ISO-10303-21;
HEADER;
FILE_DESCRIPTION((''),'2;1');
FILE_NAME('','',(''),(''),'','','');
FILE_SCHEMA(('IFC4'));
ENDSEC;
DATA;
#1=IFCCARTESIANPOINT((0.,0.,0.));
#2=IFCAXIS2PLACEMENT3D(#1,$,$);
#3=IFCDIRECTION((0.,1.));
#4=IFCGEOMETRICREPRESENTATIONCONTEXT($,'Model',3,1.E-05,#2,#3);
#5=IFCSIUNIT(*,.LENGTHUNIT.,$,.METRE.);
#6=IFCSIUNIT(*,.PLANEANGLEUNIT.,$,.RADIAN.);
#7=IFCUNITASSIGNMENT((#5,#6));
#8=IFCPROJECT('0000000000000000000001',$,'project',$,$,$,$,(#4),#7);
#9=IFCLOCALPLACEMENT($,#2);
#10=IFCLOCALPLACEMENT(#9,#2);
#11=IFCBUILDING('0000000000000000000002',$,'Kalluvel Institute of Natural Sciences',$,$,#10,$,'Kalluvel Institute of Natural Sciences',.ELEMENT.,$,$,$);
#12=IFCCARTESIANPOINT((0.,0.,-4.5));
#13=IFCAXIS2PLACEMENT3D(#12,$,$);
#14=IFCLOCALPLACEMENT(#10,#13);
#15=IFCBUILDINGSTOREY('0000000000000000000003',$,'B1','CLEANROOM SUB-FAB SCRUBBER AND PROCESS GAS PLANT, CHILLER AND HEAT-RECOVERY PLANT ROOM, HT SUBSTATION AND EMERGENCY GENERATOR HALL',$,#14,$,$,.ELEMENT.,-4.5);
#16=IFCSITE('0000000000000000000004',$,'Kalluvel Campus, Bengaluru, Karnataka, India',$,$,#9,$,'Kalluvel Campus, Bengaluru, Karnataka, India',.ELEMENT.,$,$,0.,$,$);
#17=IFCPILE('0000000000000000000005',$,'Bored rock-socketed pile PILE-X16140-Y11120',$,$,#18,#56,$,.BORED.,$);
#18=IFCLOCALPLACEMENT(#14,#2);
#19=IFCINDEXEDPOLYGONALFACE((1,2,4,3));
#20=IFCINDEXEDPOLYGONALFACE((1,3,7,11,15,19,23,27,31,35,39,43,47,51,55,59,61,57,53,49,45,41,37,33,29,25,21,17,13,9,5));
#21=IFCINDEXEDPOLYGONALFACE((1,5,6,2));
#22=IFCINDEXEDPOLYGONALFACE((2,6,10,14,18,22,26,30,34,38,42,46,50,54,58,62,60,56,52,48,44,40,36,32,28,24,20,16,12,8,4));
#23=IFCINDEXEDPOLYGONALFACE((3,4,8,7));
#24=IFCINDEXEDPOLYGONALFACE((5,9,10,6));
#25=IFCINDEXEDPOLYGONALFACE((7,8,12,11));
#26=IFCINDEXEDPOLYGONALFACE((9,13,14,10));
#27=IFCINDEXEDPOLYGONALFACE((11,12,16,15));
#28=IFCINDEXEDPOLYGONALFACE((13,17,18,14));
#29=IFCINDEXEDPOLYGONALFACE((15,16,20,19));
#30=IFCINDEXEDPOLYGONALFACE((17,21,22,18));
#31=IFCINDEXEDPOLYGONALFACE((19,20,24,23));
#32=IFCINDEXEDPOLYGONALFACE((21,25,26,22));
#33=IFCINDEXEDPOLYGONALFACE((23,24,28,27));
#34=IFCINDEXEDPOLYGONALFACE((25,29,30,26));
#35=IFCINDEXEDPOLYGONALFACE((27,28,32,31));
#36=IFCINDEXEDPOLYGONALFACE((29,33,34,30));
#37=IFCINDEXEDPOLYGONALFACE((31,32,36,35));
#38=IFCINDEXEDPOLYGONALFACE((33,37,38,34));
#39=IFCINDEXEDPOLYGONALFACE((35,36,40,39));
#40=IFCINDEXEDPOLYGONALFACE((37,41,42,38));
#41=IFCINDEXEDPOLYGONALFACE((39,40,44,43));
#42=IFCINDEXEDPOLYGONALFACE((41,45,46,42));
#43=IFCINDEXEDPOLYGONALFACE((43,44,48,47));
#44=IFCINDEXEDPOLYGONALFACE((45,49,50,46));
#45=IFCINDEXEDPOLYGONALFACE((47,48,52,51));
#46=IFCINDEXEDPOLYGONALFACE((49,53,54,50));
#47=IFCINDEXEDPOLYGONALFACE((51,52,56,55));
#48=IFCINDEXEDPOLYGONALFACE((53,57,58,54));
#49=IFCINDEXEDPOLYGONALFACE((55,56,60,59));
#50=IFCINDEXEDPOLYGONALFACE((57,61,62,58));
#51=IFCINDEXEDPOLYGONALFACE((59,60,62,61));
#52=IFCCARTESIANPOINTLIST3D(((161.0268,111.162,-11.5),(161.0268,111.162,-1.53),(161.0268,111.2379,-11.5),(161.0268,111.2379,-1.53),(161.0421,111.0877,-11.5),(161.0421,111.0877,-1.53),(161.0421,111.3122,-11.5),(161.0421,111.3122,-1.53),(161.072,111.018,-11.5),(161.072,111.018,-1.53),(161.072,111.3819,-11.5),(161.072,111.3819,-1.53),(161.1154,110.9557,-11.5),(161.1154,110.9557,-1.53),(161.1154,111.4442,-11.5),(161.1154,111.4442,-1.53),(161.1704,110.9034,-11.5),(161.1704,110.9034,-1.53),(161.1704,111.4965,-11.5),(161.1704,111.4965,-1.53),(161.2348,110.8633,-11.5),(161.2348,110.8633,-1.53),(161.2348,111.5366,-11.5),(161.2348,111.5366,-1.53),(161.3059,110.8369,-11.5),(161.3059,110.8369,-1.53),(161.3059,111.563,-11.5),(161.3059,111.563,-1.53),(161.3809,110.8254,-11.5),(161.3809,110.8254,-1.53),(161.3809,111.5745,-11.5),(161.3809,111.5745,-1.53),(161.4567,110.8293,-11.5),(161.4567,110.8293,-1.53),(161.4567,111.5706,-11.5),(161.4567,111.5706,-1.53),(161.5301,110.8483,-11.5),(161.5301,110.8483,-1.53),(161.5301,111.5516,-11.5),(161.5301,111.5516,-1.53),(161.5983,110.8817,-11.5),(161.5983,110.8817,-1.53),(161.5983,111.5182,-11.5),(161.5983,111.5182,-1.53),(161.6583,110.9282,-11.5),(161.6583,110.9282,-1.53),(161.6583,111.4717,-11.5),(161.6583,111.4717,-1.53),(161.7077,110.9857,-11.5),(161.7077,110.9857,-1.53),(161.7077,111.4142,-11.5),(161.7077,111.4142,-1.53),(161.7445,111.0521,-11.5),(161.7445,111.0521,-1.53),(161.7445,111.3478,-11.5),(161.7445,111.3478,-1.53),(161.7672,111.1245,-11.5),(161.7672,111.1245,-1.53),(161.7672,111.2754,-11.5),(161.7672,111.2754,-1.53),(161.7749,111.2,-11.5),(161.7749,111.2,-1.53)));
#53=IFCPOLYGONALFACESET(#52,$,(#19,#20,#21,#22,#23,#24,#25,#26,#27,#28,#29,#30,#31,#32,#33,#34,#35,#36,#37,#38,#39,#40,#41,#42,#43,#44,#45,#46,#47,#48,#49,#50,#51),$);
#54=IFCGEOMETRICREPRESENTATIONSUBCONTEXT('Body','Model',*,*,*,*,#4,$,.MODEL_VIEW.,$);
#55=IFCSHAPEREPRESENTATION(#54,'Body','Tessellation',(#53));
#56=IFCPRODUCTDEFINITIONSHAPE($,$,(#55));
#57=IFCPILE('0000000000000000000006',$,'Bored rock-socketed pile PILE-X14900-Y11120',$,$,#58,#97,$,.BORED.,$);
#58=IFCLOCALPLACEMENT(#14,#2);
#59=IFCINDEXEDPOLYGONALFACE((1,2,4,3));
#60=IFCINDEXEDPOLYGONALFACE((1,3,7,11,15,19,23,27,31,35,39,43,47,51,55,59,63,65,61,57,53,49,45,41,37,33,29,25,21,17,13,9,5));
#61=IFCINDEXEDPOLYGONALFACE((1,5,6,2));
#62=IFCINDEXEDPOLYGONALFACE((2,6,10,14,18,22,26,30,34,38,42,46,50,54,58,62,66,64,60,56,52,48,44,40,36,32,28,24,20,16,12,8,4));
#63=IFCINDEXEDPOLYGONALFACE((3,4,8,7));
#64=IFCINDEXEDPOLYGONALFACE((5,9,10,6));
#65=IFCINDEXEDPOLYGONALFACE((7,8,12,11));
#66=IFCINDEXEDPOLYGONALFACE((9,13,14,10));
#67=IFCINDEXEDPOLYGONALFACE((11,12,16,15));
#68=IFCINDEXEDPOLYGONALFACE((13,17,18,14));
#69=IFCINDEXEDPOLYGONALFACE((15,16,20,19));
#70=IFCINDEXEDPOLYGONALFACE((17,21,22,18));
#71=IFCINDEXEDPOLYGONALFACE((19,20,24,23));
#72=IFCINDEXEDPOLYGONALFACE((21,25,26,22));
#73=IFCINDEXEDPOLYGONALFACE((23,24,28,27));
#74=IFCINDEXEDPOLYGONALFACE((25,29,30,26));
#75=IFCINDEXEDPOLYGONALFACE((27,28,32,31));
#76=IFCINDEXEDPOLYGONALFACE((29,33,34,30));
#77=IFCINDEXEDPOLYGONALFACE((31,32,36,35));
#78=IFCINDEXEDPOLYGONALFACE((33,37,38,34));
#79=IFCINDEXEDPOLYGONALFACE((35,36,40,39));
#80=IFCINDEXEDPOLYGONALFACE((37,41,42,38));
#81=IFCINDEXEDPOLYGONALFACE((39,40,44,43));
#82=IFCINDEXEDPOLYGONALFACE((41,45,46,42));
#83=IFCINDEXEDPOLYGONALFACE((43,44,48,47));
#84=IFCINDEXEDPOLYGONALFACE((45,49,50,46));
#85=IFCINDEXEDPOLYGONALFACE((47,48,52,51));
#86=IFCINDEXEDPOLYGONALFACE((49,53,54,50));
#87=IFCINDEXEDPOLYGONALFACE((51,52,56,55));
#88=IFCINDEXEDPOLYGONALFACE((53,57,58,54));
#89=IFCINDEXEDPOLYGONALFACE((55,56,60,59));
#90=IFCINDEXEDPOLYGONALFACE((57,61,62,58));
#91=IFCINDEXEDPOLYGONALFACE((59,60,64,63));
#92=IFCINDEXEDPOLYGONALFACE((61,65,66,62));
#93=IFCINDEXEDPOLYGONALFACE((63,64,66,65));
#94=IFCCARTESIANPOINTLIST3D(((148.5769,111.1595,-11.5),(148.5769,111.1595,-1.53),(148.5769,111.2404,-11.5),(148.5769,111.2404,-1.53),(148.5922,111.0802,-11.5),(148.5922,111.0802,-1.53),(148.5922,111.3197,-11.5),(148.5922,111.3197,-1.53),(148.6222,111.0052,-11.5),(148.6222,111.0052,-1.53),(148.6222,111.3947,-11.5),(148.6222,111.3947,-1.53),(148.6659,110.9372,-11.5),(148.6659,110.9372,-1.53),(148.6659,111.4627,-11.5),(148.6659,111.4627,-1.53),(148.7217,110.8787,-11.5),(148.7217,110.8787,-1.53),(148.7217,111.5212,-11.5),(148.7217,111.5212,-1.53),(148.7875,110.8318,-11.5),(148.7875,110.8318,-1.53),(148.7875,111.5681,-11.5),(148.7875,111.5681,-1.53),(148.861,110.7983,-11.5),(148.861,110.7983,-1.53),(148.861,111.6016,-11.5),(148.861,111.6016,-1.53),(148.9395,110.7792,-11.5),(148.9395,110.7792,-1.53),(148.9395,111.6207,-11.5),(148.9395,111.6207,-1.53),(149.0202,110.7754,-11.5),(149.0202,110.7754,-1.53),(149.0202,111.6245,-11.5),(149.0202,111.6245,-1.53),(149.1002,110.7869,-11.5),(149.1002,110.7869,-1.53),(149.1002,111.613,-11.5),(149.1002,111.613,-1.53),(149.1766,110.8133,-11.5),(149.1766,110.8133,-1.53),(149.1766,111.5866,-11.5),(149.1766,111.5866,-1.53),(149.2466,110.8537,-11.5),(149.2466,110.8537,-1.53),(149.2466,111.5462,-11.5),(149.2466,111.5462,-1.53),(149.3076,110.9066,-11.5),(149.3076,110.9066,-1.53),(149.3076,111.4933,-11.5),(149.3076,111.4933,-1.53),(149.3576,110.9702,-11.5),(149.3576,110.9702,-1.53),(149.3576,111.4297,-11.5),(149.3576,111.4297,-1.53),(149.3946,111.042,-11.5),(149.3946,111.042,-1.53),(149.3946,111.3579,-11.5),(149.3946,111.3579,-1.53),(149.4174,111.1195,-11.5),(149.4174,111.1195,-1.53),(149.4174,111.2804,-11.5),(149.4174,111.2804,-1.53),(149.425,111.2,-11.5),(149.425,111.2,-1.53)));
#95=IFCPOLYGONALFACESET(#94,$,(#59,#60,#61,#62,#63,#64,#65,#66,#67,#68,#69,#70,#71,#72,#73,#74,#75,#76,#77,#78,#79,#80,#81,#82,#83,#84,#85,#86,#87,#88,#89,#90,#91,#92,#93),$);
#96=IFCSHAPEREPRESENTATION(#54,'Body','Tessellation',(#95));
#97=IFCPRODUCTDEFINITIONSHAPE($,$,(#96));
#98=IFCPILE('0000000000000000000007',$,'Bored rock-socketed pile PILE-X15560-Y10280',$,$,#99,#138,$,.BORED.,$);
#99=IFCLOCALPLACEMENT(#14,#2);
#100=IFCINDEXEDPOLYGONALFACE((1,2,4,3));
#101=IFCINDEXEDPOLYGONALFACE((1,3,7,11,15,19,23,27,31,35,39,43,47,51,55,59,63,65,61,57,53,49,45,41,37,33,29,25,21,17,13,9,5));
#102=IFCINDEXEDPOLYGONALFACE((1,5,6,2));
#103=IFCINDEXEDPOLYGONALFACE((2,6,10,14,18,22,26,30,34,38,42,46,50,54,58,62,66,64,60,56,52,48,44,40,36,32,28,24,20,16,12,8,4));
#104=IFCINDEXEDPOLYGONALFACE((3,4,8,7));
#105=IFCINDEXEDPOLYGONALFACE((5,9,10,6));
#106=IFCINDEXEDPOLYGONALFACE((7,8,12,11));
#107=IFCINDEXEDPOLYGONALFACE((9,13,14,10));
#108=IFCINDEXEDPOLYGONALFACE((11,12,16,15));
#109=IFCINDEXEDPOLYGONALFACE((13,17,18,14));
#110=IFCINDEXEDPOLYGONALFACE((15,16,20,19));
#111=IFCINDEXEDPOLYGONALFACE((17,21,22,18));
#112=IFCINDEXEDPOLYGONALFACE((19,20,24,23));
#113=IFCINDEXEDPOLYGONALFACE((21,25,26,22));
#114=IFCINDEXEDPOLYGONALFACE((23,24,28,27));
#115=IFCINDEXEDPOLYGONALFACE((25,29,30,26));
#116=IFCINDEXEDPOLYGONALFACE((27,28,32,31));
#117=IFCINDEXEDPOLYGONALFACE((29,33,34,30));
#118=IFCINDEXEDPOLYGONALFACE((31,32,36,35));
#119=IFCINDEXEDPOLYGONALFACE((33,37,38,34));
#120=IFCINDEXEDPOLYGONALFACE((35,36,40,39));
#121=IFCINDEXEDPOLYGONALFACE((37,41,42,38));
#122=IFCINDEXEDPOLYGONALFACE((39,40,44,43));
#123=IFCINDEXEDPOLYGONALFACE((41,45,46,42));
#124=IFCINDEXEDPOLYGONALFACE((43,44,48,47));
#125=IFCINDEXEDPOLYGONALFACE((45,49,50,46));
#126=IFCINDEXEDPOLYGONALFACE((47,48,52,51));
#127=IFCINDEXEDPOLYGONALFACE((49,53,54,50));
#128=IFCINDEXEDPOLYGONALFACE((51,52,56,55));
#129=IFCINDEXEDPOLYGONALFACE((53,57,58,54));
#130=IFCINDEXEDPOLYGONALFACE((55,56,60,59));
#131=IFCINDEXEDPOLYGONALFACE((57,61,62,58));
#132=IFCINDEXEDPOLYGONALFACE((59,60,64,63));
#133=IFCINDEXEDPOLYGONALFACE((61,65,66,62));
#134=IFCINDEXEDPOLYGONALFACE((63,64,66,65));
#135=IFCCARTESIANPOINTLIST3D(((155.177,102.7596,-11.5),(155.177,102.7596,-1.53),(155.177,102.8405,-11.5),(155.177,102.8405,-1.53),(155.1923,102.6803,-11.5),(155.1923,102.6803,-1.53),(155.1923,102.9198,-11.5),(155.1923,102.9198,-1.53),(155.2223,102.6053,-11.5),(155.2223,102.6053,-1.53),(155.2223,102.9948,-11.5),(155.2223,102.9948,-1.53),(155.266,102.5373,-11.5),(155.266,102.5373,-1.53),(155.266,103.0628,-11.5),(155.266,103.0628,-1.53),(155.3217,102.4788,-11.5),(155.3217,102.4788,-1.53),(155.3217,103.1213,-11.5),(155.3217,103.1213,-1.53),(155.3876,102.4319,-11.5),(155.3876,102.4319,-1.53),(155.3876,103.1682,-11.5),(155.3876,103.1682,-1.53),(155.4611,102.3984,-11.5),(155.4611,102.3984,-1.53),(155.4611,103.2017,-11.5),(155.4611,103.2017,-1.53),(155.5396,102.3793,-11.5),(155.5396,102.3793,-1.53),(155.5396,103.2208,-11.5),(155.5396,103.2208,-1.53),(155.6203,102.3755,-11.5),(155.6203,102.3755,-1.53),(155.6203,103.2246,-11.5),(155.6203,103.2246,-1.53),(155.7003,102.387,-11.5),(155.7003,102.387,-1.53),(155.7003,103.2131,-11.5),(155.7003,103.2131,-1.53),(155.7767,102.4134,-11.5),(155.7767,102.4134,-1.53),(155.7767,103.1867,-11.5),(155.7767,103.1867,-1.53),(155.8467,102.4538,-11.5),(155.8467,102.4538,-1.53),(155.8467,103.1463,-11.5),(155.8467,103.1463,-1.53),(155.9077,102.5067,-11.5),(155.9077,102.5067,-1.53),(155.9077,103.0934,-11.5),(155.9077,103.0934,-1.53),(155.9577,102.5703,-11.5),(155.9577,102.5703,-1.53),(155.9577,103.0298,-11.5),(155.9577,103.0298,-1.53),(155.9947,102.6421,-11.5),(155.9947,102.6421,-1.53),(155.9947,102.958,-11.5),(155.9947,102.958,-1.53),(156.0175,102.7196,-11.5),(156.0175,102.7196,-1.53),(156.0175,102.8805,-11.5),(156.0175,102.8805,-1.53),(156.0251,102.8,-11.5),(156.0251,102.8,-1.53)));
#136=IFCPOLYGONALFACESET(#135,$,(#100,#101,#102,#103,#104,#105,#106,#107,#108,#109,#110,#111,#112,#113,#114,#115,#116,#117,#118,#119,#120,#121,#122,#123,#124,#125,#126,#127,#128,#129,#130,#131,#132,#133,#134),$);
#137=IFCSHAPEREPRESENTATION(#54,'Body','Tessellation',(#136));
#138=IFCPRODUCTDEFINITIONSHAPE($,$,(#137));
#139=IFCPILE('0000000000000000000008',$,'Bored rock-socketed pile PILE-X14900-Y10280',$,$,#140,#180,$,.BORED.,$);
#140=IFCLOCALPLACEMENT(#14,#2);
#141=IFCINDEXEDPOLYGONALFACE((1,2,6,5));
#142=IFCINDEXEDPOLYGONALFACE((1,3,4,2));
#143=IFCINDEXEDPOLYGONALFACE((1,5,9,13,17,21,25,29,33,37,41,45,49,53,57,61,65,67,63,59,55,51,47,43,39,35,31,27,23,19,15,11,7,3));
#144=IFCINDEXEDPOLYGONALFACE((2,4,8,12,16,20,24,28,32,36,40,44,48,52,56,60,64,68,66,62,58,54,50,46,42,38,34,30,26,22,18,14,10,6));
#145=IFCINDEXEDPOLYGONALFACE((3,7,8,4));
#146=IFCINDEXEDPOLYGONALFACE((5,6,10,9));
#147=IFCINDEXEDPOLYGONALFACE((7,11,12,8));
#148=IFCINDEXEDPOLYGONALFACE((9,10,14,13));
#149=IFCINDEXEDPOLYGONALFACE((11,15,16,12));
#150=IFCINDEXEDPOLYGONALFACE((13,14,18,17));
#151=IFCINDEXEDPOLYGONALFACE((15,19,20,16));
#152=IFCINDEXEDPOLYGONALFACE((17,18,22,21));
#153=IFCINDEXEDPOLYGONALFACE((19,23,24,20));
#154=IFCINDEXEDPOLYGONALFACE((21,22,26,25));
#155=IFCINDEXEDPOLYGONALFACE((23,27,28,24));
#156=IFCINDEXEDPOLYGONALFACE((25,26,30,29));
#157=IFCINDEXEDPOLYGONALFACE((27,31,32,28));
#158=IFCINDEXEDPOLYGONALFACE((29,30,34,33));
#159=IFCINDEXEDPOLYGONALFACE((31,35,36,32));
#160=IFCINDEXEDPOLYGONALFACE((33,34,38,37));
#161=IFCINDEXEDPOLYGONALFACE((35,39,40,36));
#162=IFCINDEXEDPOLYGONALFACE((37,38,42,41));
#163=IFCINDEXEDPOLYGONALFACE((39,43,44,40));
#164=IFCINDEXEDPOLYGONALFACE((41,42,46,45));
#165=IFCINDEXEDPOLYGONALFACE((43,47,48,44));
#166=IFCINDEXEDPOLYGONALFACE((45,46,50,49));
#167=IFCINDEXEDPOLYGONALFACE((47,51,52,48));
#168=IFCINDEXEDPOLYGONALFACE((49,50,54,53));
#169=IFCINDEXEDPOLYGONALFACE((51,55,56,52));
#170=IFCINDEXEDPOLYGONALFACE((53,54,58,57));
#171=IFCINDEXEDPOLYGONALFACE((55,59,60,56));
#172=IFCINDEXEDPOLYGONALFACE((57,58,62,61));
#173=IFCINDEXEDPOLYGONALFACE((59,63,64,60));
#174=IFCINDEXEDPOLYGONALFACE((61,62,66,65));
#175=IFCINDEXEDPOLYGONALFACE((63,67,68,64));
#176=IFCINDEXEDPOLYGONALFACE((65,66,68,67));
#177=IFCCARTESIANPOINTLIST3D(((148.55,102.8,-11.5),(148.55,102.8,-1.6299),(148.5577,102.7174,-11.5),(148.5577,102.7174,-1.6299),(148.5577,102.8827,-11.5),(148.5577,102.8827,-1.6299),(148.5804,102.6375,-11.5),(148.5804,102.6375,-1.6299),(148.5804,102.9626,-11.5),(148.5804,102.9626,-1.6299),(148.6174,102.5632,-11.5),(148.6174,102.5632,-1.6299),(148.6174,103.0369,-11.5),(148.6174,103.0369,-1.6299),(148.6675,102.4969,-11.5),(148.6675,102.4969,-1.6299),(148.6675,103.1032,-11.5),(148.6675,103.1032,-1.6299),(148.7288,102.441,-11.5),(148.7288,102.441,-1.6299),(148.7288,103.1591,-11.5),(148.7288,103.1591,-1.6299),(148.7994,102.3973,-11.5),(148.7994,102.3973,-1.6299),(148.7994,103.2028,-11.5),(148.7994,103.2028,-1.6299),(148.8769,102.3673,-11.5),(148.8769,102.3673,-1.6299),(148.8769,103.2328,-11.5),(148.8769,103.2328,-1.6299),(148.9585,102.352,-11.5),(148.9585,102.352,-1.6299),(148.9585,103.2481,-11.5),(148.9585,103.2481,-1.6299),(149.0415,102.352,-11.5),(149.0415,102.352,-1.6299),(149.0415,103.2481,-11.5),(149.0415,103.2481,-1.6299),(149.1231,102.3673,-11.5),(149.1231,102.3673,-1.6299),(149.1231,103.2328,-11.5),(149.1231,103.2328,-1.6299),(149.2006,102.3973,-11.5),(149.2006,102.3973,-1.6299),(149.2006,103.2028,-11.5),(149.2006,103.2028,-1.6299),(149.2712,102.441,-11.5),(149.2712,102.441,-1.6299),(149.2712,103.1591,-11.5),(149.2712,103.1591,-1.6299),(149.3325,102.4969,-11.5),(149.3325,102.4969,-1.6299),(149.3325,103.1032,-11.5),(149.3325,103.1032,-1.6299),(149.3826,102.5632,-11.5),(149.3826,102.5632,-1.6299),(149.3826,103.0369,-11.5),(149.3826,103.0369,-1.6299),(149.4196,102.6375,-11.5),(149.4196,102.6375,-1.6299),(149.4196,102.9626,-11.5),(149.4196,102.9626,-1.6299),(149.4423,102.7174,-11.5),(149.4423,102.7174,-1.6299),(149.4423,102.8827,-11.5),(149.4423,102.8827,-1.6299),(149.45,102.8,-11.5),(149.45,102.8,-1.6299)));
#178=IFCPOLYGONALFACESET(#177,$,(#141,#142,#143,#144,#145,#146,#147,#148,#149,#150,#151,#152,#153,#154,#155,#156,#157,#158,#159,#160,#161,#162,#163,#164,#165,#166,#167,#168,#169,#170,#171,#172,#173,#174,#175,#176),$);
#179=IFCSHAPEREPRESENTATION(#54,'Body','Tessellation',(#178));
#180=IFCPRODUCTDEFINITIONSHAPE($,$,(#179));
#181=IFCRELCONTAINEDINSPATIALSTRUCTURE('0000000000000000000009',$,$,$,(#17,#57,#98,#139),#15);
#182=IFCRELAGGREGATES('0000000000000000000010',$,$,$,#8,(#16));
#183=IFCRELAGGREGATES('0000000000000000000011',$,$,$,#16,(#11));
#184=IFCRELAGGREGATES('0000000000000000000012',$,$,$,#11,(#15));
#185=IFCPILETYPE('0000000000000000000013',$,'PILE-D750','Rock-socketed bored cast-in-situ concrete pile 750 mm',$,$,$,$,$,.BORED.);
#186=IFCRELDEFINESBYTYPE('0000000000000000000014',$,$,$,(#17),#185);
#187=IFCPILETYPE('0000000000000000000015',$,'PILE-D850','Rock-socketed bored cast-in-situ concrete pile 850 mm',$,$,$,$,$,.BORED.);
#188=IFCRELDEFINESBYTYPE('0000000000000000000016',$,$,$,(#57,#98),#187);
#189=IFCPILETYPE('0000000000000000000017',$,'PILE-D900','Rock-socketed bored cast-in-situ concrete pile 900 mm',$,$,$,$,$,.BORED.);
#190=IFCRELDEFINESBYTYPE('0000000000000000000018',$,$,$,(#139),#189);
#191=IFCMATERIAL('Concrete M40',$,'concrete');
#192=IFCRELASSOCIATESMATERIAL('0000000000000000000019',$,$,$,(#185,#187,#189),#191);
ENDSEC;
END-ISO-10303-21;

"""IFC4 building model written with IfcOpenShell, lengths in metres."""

from ifc_helpers import new_model, si_unit, direction, frame, origin, origin_2d, place, context, subcontext, project, spatial, circle, extrude, material, material_profile, profile_set, type_object, element, save


model = new_model("IFC4")

# Units and contexts
model_context = context("Model", 3, precision=1e-05, world=origin(), true_north=direction((0.0, 1.0)))
body_context = subcontext(model_context, "Body", "Model", "MODEL_VIEW")
ifc_project = project(units=[si_unit("LENGTHUNIT", "METRE"), si_unit("PLANEANGLEUNIT", "RADIAN")], contexts=[model_context])

# Site, building, storey
site_placement = place(None, origin())
site = spatial("IfcSite", under=ifc_project, at=site_placement, Name="Kalluvel Campus, Bengaluru, Karnataka, India", LongName="Kalluvel Campus, Bengaluru, Karnataka, India", CompositionType="ELEMENT", RefElevation=0.0)
building_placement = place(site_placement, origin())
building = spatial("IfcBuilding", under=site, at=building_placement, Name="Kalluvel Institute of Natural Sciences", LongName="Kalluvel Institute of Natural Sciences", CompositionType="ELEMENT")
storey_placement = place(building_placement, frame((0.0, 0.0, -4.5)))
storey = spatial("IfcBuildingStorey", under=building, at=storey_placement, Name="B1", Description="CLEANROOM SUB-FAB SCRUBBER AND PROCESS GAS PLANT, CHILLER AND HEAT-RECOVERY PLANT ROOM, HT SUBSTATION AND EMERGENCY GENERATOR HALL", CompositionType="ELEMENT", Elevation=-4.5)

# Shared definitions
ifc_material = material(Name="Concrete M40", Category="concrete")

# Piles
ifc_material_profile_1 = material_profile(ifc_material, circle(Radius=0.375, at=origin_2d()), Name="PILE D750")
ifc_profile_set_1 = profile_set([ifc_material_profile_1], Name="Concrete M40")
pile_type_1 = type_object("IfcPileType", Name="PILE-D750", Description="Rock-socketed bored cast-in-situ concrete pile 750 mm", PredefinedType="BORED", material=ifc_profile_set_1)
pile_1_placement = place(storey_placement, frame((161.3999, 111.2, -1.53), z_axis=(0.0, 0.0, -1.0), x_axis=(1.0, 0.0, 0.0)))
element("IfcPile", 1, at=pile_1_placement, inside=storey, type_object=pile_type_1, Name="Bored rock-socketed pile PILE-X16140-Y11120", PredefinedType="BORED", context=body_context, shape_type="SweptSolid", body=[
    extrude(circle(Radius=0.375, at=origin_2d()), origin(), (0.0, 0.0, 1.0), 9.97),
])
ifc_material_profile_2 = material_profile(ifc_material, circle(Radius=0.425, at=origin_2d()), Name="PILE D850")
ifc_profile_set_2 = profile_set([ifc_material_profile_2], Name="Concrete M40")
pile_type_2 = type_object("IfcPileType", Name="PILE-D850", Description="Rock-socketed bored cast-in-situ concrete pile 850 mm", PredefinedType="BORED", material=ifc_profile_set_2)
for number, where, z_axis, x_axis, name in (
    (2, (149.0, 111.2, -1.53), (0.0, 0.0, -1.0), (1.0, 0.0, 0.0), "Bored rock-socketed pile PILE-X14900-Y11120"),
    (3, (155.6001, 102.8, -1.53), (0.0, 0.0, -1.0), (1.0, 0.0, 0.0), "Bored rock-socketed pile PILE-X15560-Y10280"),
):
    element("IfcPile", number, at=place(storey_placement, frame(where, z_axis=z_axis, x_axis=x_axis)), inside=storey, type_object=pile_type_2, Name=name, PredefinedType="BORED", context=body_context, shape_type="SweptSolid", body=[
        extrude(circle(Radius=0.425, at=origin_2d()), origin(), (0.0, 0.0, 1.0), 9.97),
    ])
ifc_material_profile_3 = material_profile(ifc_material, circle(Radius=0.45, at=origin_2d()), Name="PILE D900")
ifc_profile_set_3 = profile_set([ifc_material_profile_3], Name="Concrete M40")
pile_type_3 = type_object("IfcPileType", Name="PILE-D900", Description="Rock-socketed bored cast-in-situ concrete pile 900 mm", PredefinedType="BORED", material=ifc_profile_set_3)
pile_2_placement = place(storey_placement, frame((149.0, 102.8, -1.6299), z_axis=(0.0, 0.0, -1.0), x_axis=(1.0, 0.0, 0.0)))
element("IfcPile", 4, at=pile_2_placement, inside=storey, type_object=pile_type_3, Name="Bored rock-socketed pile PILE-X14900-Y10280", PredefinedType="BORED", context=body_context, shape_type="SweptSolid", body=[
    extrude(circle(Radius=0.45, at=origin_2d()), origin(), (0.0, 0.0, 1.0), 9.8701),
])

save(model, "model.ifc")
